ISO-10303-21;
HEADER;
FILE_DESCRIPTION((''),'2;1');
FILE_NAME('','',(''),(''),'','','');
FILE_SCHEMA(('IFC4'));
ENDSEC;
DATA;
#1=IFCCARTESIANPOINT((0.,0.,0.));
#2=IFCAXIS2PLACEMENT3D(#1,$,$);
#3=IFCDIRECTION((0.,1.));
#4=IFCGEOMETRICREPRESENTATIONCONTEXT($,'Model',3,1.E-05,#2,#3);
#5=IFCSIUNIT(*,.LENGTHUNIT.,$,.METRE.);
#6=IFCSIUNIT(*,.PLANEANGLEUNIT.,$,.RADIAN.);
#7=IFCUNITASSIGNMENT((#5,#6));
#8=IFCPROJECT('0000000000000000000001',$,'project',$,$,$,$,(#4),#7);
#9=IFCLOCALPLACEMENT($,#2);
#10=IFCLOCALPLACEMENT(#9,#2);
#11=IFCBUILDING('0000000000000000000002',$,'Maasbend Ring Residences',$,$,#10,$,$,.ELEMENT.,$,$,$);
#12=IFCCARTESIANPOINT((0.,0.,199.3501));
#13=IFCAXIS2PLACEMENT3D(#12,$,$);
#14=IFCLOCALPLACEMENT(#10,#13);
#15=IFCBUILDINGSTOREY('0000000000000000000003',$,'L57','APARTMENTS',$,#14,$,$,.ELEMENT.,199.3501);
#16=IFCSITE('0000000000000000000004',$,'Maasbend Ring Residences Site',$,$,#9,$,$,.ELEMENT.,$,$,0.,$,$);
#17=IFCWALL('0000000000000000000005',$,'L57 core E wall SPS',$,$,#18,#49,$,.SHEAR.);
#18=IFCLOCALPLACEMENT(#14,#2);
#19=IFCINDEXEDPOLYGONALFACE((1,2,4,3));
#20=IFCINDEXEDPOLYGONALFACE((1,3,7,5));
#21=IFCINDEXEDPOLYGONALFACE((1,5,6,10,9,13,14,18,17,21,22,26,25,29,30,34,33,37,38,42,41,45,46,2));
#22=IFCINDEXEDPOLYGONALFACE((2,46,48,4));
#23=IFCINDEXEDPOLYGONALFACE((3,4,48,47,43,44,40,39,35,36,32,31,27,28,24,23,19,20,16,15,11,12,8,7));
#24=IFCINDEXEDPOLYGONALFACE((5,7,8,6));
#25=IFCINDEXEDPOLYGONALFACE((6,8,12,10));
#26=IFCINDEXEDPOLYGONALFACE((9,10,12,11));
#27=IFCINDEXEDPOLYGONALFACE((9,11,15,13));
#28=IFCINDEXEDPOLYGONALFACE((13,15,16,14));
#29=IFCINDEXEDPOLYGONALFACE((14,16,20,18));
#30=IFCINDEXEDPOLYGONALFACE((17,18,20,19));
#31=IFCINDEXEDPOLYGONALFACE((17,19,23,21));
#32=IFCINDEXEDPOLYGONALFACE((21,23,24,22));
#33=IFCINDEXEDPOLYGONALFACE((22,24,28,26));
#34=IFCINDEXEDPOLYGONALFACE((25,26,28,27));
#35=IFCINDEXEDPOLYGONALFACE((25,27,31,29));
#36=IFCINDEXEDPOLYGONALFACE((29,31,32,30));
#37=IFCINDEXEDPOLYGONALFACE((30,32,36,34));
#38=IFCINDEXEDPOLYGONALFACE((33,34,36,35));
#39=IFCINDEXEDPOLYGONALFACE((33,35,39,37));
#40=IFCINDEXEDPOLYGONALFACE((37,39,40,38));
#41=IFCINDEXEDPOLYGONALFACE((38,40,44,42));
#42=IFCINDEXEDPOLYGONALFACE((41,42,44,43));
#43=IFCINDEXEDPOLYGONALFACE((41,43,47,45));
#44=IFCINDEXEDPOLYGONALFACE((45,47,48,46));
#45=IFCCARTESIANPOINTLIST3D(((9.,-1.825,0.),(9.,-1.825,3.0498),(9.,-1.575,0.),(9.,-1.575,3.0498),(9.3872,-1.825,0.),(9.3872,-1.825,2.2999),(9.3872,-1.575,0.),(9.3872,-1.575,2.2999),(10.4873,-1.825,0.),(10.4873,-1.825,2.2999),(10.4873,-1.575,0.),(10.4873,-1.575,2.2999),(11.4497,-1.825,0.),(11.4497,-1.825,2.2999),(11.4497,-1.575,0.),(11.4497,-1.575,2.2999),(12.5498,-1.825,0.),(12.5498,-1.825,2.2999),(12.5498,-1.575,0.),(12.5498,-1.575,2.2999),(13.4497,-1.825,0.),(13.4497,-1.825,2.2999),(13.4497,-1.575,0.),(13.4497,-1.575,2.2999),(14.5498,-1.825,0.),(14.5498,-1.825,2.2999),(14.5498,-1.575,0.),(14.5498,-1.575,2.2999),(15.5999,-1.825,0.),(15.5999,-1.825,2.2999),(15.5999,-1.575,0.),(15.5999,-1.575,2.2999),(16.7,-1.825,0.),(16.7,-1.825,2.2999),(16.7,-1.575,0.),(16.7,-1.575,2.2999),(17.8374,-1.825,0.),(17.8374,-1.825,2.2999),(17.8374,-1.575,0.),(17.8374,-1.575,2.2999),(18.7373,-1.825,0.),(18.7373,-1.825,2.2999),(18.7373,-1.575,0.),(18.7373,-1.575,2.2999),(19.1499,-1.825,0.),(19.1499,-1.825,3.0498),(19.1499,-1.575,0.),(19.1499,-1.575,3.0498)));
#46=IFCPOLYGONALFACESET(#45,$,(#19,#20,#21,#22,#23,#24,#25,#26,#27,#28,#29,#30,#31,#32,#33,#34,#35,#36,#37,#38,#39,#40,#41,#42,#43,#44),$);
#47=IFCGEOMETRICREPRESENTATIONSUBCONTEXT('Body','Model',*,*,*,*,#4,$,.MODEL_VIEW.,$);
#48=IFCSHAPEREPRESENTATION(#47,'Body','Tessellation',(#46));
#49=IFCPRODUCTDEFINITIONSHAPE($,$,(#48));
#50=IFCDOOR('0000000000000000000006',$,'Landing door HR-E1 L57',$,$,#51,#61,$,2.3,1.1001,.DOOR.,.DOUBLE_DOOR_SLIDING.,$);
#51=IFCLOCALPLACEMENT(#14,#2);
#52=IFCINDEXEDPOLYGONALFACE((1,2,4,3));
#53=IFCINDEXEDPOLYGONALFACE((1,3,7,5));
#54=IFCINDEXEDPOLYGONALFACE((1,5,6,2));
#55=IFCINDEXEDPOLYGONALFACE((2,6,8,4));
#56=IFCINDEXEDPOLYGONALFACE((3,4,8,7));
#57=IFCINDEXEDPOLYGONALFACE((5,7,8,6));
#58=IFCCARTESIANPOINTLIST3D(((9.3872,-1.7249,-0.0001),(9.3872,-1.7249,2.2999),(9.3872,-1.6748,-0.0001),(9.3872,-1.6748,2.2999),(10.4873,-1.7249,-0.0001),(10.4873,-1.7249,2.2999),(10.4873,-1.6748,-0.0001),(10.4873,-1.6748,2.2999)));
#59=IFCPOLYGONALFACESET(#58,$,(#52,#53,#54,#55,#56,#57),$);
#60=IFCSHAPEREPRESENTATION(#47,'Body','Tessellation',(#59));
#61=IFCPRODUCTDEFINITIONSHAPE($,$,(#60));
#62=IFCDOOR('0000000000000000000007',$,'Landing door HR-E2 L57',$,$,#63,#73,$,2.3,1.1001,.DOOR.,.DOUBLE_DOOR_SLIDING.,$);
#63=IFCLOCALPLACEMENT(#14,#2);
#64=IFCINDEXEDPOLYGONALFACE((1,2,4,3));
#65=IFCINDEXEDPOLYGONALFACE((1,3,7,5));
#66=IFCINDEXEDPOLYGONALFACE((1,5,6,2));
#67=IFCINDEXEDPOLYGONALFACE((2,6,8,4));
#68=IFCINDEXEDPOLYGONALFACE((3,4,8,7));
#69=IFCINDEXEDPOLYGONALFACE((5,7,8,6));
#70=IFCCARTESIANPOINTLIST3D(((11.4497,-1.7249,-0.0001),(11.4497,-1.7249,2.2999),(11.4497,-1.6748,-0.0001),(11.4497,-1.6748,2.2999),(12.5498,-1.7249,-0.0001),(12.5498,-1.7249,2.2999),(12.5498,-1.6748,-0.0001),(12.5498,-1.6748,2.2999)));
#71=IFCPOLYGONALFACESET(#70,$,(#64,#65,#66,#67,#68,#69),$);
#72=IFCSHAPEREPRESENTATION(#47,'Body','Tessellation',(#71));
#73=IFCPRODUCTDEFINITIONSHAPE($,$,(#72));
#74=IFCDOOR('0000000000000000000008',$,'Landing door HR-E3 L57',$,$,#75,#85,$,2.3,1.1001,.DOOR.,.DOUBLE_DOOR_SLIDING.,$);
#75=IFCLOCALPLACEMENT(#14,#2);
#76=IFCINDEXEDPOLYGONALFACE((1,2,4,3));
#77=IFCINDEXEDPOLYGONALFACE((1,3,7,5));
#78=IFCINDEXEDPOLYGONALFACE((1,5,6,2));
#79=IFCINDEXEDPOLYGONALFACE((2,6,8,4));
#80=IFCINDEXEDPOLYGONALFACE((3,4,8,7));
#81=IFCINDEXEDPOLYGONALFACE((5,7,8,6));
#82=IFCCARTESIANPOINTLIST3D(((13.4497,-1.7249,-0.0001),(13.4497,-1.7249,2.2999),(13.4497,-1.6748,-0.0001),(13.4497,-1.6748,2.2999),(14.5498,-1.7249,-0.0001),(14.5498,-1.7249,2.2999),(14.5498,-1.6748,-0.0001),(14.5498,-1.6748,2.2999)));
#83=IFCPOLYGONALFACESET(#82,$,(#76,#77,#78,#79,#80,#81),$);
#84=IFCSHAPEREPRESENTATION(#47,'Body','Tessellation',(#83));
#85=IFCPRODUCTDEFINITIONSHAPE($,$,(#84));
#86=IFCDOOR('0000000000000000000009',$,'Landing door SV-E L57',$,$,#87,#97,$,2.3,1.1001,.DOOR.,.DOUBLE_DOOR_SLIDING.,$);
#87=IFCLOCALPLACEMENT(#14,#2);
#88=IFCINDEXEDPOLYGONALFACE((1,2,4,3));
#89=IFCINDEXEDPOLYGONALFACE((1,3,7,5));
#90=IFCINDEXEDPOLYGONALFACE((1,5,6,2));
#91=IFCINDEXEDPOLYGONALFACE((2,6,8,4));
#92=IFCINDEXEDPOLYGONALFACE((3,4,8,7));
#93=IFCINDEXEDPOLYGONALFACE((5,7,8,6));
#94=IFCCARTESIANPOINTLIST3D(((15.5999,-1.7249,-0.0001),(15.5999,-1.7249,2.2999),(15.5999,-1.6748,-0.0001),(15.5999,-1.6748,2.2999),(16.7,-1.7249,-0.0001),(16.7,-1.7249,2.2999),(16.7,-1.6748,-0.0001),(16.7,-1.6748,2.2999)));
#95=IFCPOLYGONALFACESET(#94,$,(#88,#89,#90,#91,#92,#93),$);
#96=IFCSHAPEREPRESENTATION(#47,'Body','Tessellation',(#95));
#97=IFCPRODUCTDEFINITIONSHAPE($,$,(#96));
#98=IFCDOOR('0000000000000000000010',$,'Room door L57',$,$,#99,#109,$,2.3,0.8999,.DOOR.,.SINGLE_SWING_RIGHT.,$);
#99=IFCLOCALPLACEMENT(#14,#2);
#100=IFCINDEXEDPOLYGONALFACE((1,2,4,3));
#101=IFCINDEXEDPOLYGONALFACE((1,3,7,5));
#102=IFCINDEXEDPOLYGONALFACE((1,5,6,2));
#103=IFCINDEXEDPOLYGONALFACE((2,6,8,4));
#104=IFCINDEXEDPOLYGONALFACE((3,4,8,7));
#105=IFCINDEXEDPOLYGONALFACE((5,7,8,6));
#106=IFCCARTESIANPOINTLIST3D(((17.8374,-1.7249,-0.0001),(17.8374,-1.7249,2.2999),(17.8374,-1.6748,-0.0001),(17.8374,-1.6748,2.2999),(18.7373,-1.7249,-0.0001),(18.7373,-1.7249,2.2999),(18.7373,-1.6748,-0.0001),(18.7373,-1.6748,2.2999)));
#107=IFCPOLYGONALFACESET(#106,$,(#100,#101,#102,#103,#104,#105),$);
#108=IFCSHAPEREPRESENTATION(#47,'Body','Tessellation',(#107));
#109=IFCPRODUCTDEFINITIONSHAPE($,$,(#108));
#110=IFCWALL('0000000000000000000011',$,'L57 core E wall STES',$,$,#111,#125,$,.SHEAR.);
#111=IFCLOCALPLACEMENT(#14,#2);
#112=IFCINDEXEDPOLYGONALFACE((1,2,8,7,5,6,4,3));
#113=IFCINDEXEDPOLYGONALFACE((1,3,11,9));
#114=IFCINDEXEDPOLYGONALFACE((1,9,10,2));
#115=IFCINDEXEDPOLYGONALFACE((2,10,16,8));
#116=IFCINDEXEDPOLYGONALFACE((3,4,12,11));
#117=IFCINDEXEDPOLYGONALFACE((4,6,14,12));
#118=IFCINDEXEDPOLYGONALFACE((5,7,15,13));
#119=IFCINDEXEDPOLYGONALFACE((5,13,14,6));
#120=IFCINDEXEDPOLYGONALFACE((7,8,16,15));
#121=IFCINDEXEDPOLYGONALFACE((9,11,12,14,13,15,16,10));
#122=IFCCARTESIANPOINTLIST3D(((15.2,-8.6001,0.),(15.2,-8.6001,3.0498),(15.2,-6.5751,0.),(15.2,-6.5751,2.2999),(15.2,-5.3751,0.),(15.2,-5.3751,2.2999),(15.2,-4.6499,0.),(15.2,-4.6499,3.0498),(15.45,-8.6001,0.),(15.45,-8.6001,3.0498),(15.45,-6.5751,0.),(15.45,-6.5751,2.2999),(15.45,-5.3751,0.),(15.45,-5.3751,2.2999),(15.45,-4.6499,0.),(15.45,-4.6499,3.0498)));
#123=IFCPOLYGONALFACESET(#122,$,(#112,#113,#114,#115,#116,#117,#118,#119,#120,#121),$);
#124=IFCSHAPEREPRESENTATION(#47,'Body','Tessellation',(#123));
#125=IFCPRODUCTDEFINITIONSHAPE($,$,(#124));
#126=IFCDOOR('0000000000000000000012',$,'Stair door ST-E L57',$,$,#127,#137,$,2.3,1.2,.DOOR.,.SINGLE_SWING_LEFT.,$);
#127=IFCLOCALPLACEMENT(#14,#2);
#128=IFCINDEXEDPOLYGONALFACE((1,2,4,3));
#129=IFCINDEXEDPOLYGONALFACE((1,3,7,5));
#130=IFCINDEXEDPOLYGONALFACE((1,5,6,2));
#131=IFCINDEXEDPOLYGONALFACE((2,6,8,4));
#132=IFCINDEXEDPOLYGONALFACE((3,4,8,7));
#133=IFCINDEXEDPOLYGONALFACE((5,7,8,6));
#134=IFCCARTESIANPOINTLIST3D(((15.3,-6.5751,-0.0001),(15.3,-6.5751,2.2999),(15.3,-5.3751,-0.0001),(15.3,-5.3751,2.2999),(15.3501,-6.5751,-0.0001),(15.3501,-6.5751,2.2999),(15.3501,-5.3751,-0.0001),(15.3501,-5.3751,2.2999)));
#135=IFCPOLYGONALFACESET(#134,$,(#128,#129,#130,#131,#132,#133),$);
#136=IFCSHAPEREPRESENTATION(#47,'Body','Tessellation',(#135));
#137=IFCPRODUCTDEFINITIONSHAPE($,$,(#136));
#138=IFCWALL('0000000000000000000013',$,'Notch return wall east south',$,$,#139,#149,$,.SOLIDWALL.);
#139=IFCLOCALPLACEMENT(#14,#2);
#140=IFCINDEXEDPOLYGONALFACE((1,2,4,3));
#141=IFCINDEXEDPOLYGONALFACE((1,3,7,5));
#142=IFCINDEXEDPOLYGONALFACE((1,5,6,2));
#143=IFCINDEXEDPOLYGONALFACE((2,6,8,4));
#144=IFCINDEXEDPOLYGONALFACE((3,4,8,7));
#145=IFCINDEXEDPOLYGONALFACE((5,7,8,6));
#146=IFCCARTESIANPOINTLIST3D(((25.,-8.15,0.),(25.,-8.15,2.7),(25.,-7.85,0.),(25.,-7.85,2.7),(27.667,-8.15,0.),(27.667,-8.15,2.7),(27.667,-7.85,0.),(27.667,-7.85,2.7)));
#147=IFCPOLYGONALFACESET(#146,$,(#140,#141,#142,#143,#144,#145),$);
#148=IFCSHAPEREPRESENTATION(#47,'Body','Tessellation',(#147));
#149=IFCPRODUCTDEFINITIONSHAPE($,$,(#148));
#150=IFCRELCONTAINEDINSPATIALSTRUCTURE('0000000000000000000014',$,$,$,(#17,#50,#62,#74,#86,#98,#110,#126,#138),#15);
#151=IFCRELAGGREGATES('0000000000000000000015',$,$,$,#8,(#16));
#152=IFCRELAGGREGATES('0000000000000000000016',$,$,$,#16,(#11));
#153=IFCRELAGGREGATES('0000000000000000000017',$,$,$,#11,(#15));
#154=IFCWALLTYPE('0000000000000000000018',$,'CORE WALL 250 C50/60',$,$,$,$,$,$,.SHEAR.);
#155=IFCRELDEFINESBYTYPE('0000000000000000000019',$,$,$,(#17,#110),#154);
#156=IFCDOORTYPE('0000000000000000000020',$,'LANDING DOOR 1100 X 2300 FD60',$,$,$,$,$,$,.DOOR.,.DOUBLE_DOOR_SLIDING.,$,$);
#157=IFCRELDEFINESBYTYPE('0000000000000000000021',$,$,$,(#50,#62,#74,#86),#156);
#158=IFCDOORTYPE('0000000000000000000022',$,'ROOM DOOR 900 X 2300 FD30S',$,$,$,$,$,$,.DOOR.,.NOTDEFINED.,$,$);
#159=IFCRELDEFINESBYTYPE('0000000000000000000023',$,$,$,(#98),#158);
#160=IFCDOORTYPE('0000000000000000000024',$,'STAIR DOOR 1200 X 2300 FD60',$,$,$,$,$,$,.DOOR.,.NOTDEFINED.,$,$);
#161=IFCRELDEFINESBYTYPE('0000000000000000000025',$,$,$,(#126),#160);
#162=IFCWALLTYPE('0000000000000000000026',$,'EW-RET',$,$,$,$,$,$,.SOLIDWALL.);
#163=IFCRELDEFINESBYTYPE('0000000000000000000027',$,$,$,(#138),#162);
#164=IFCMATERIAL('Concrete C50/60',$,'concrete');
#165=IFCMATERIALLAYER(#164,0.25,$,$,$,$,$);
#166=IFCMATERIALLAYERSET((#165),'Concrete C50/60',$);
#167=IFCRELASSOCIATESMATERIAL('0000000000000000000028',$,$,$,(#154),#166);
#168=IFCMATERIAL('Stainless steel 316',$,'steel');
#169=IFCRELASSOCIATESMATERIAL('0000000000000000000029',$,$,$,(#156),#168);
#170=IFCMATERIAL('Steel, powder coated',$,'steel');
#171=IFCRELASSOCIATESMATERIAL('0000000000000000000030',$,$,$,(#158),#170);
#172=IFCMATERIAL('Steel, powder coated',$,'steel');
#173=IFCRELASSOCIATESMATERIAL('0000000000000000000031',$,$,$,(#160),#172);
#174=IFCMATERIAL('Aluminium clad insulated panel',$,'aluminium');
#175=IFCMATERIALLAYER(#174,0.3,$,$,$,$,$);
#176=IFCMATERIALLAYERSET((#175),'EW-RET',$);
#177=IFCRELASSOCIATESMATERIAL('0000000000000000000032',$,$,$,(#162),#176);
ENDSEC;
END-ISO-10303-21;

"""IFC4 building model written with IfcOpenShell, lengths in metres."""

from ifc_helpers import new_model, si_unit, direction, frame, frame_2d, origin, place, context, subcontext, project, spatial, rectangle, extrude, material, layer, layer_set, type_object, element, fill, save


model = new_model("IFC4")

# Units and contexts
model_context = context("Model", 3, precision=1e-05, world=origin(), true_north=direction((0.0, 1.0)))
body_context = subcontext(model_context, "Body", "Model", "MODEL_VIEW")
ifc_project = project(units=[si_unit("LENGTHUNIT", "METRE"), si_unit("PLANEANGLEUNIT", "RADIAN")], contexts=[model_context])

# Site, building, storey
site_placement = place(None, origin())
site = spatial("IfcSite", under=ifc_project, at=site_placement, Name="Maasbend Ring Residences Site", CompositionType="ELEMENT", RefElevation=0.0)
building_placement = place(site_placement, origin())
building = spatial("IfcBuilding", under=site, at=building_placement, Name="Maasbend Ring Residences", CompositionType="ELEMENT")
storey_placement = place(building_placement, frame((0.0, 0.0, 199.3501)))
storey = spatial("IfcBuildingStorey", under=building, at=storey_placement, Name="L57", Description="APARTMENTS", CompositionType="ELEMENT", Elevation=199.3501)

# Wall, openings, doors
ifc_material_1 = material(Name="Concrete C50/60", Category="concrete")
ifc_layer_1 = layer(ifc_material_1, 0.25)
ifc_layer_set_1 = layer_set([ifc_layer_1], Name="Concrete C50/60")
wall_type_1 = type_object("IfcWallType", Name="CORE WALL 250 C50/60", PredefinedType="SHEAR", material=ifc_layer_set_1)
wall_1_placement = place(storey_placement, frame((19.1499, -1.7, 0.0), z_axis=(0.0, 0.0, 1.0), x_axis=(-1.0, 0.0, 0.0)))
wall_1 = element("IfcWall", 1, at=wall_1_placement, inside=storey, type_object=wall_type_1, Name="L57 core E wall SPS", PredefinedType="SHEAR", context=body_context, shape_type="SweptSolid", body=[
    extrude(rectangle(XDim=10.1499, YDim=0.25, at=frame_2d((5.075, 0.0))), origin(), (0.0, 0.0, 1.0), 3.0498),
])
opening_1_placement = place(wall_1_placement, frame((8.6626, 0.0, 0.0)))
opening_1 = element("IfcOpeningElement", 2, at=opening_1_placement, cuts=wall_1, PredefinedType="OPENING", context=body_context, shape_type="SweptSolid", body=[
    extrude(rectangle(XDim=1.1001, YDim=2.3, at=frame_2d((0.55, 1.1499))), frame((0.0, 0.135, 0.0), z_axis=(0.0, -1.0, 0.0), x_axis=(1.0, 0.0, 0.0)), (0.0, 0.0, 1.0), 0.27),
])
opening_2_placement = place(wall_1_placement, frame((6.6001, 0.0, 0.0)))
opening_2 = element("IfcOpeningElement", 3, at=opening_2_placement, cuts=wall_1, PredefinedType="OPENING", context=body_context, shape_type="SweptSolid", body=[
    extrude(rectangle(XDim=1.1001, YDim=2.3, at=frame_2d((0.55, 1.1499))), frame((0.0, 0.135, 0.0), z_axis=(0.0, -1.0, 0.0), x_axis=(1.0, 0.0, 0.0)), (0.0, 0.0, 1.0), 0.27),
])
opening_3_placement = place(wall_1_placement, frame((4.6001, 0.0, 0.0)))
opening_3 = element("IfcOpeningElement", 4, at=opening_3_placement, cuts=wall_1, PredefinedType="OPENING", context=body_context, shape_type="SweptSolid", body=[
    extrude(rectangle(XDim=1.1001, YDim=2.3, at=frame_2d((0.55, 1.1499))), frame((0.0, 0.135, 0.0), z_axis=(0.0, -1.0, 0.0), x_axis=(1.0, 0.0, 0.0)), (0.0, 0.0, 1.0), 0.27),
])
opening_4_placement = place(wall_1_placement, frame((2.45, 0.0, 0.0)))
opening_4 = element("IfcOpeningElement", 5, at=opening_4_placement, cuts=wall_1, PredefinedType="OPENING", context=body_context, shape_type="SweptSolid", body=[
    extrude(rectangle(XDim=1.1001, YDim=2.3, at=frame_2d((0.55, 1.1499))), frame((0.0, 0.135, 0.0), z_axis=(0.0, -1.0, 0.0), x_axis=(1.0, 0.0, 0.0)), (0.0, 0.0, 1.0), 0.27),
])
opening_5_placement = place(wall_1_placement, frame((0.4126, 0.0, 0.0)))
opening_5 = element("IfcOpeningElement", 6, at=opening_5_placement, cuts=wall_1, PredefinedType="OPENING", context=body_context, shape_type="SweptSolid", body=[
    extrude(rectangle(XDim=0.8999, YDim=2.3, at=frame_2d((0.45, 1.1499))), frame((0.0, 0.135, 0.0), z_axis=(0.0, -1.0, 0.0), x_axis=(1.0, 0.0, 0.0)), (0.0, 0.0, 1.0), 0.27),
])
ifc_material_2 = material(Name="Stainless steel 316", Category="steel")
door_type_1 = type_object("IfcDoorType", Name="LANDING DOOR 1100 X 2300 FD60", OperationType="DOUBLE_DOOR_SLIDING", PredefinedType="DOOR", material=ifc_material_2)
door_1_placement = place(opening_1_placement, origin())
door_1 = element("IfcDoor", 7, at=door_1_placement, inside=storey, type_object=door_type_1, Name="Landing door HR-E1 L57", OperationType="DOUBLE_DOOR_SLIDING", OverallHeight=2.3, OverallWidth=1.1001, PredefinedType="DOOR", context=body_context, shape_type="SweptSolid", body=[
    extrude(rectangle(XDim=1.1001, YDim=2.3, at=frame_2d((0.55, 1.1499))), frame((0.0, 0.0249, 0.0), z_axis=(0.0, -1.0, 0.0), x_axis=(1.0, 0.0, 0.0)), (0.0, 0.0, 1.0), 0.05),
])
fill(opening_1, door_1)
door_2_placement = place(opening_2_placement, origin())
door_2 = element("IfcDoor", 8, at=door_2_placement, inside=storey, type_object=door_type_1, Name="Landing door HR-E2 L57", OperationType="DOUBLE_DOOR_SLIDING", OverallHeight=2.3, OverallWidth=1.1001, PredefinedType="DOOR", context=body_context, shape_type="SweptSolid", body=[
    extrude(rectangle(XDim=1.1001, YDim=2.3, at=frame_2d((0.55, 1.1499))), frame((0.0, 0.0249, 0.0), z_axis=(0.0, -1.0, 0.0), x_axis=(1.0, 0.0, 0.0)), (0.0, 0.0, 1.0), 0.05),
])
fill(opening_2, door_2)
door_3_placement = place(opening_3_placement, origin())
door_3 = element("IfcDoor", 9, at=door_3_placement, inside=storey, type_object=door_type_1, Name="Landing door HR-E3 L57", OperationType="DOUBLE_DOOR_SLIDING", OverallHeight=2.3, OverallWidth=1.1001, PredefinedType="DOOR", context=body_context, shape_type="SweptSolid", body=[
    extrude(rectangle(XDim=1.1001, YDim=2.3, at=frame_2d((0.55, 1.1499))), frame((0.0, 0.0249, 0.0), z_axis=(0.0, -1.0, 0.0), x_axis=(1.0, 0.0, 0.0)), (0.0, 0.0, 1.0), 0.05),
])
fill(opening_3, door_3)
door_4_placement = place(opening_4_placement, origin())
door_4 = element("IfcDoor", 10, at=door_4_placement, inside=storey, type_object=door_type_1, Name="Landing door SV-E L57", OperationType="DOUBLE_DOOR_SLIDING", OverallHeight=2.3, OverallWidth=1.1001, PredefinedType="DOOR", context=body_context, shape_type="SweptSolid", body=[
    extrude(rectangle(XDim=1.1001, YDim=2.3, at=frame_2d((0.55, 1.1499))), frame((0.0, 0.0249, 0.0), z_axis=(0.0, -1.0, 0.0), x_axis=(1.0, 0.0, 0.0)), (0.0, 0.0, 1.0), 0.05),
])
fill(opening_4, door_4)
ifc_material_3 = material(Name="Steel, powder coated", Category="steel")
door_type_2 = type_object("IfcDoorType", Name="ROOM DOOR 900 X 2300 FD30S", OperationType="NOTDEFINED", PredefinedType="DOOR", material=ifc_material_3)
door_5_placement = place(opening_5_placement, origin())
door_5 = element("IfcDoor", 11, at=door_5_placement, inside=storey, type_object=door_type_2, Name="Room door L57", OperationType="SINGLE_SWING_RIGHT", OverallHeight=2.3, OverallWidth=0.8999, PredefinedType="DOOR", context=body_context, shape_type="SweptSolid", body=[
    extrude(rectangle(XDim=0.8999, YDim=2.3, at=frame_2d((0.45, 1.1499))), frame((0.0, 0.0249, 0.0), z_axis=(0.0, -1.0, 0.0), x_axis=(1.0, 0.0, 0.0)), (0.0, 0.0, 1.0), 0.05),
])
fill(opening_5, door_5)

# Wall, opening, door
wall_2_placement = place(storey_placement, frame((15.325, -8.6001, 0.0), z_axis=(0.0, 0.0, 1.0), x_axis=(0.0, 1.0, 0.0)))
wall_2 = element("IfcWall", 12, at=wall_2_placement, inside=storey, type_object=wall_type_1, Name="L57 core E wall STES", PredefinedType="SHEAR", context=body_context, shape_type="SweptSolid", body=[
    extrude(rectangle(XDim=3.9502, YDim=0.25, at=frame_2d((1.9751, 0.0))), origin(), (0.0, 0.0, 1.0), 3.0498),
])
opening_6_placement = place(wall_2_placement, frame((2.0249, 0.0, 0.0)))
opening_6 = element("IfcOpeningElement", 13, at=opening_6_placement, cuts=wall_2, PredefinedType="OPENING", context=body_context, shape_type="SweptSolid", body=[
    extrude(rectangle(XDim=1.2, YDim=2.3, at=frame_2d((0.6001, 1.1499))), frame((0.0, 0.135, 0.0), z_axis=(0.0, -1.0, 0.0), x_axis=(1.0, 0.0, 0.0)), (0.0, 0.0, 1.0), 0.27),
])
ifc_material_4 = material(Name="Steel, powder coated", Category="steel")
door_type_3 = type_object("IfcDoorType", Name="STAIR DOOR 1200 X 2300 FD60", OperationType="NOTDEFINED", PredefinedType="DOOR", material=ifc_material_4)
door_6_placement = place(opening_6_placement, origin())
door_6 = element("IfcDoor", 14, at=door_6_placement, inside=storey, type_object=door_type_3, Name="Stair door ST-E L57", OperationType="SINGLE_SWING_LEFT", OverallHeight=2.3, OverallWidth=1.2, PredefinedType="DOOR", context=body_context, shape_type="SweptSolid", body=[
    extrude(rectangle(XDim=1.2, YDim=2.3, at=frame_2d((0.6001, 1.1499))), frame((0.0, 0.0249, 0.0), z_axis=(0.0, -1.0, 0.0), x_axis=(1.0, 0.0, 0.0)), (0.0, 0.0, 1.0), 0.05),
])
fill(opening_6, door_6)

# Wall
ifc_material_5 = material(Name="Aluminium clad insulated panel", Category="aluminium")
ifc_layer_2 = layer(ifc_material_5, 0.3)
ifc_layer_set_2 = layer_set([ifc_layer_2], Name="EW-RET")
wall_type_2 = type_object("IfcWallType", Name="EW-RET", PredefinedType="SOLIDWALL", material=ifc_layer_set_2)
wall_3_placement = place(storey_placement, frame((25.0, -8.0, 0.0), z_axis=(0.0, 0.0, 1.0), x_axis=(1.0, 0.0, 0.0)))
element("IfcWall", 15, at=wall_3_placement, inside=storey, type_object=wall_type_2, Name="Notch return wall east south", PredefinedType="SOLIDWALL", context=body_context, shape_type="SweptSolid", body=[
    extrude(rectangle(XDim=2.667, YDim=0.3, at=frame_2d((1.3335, 0.0))), origin(), (0.0, 0.0, 1.0), 2.7),
])

save(model, "model.ifc")
